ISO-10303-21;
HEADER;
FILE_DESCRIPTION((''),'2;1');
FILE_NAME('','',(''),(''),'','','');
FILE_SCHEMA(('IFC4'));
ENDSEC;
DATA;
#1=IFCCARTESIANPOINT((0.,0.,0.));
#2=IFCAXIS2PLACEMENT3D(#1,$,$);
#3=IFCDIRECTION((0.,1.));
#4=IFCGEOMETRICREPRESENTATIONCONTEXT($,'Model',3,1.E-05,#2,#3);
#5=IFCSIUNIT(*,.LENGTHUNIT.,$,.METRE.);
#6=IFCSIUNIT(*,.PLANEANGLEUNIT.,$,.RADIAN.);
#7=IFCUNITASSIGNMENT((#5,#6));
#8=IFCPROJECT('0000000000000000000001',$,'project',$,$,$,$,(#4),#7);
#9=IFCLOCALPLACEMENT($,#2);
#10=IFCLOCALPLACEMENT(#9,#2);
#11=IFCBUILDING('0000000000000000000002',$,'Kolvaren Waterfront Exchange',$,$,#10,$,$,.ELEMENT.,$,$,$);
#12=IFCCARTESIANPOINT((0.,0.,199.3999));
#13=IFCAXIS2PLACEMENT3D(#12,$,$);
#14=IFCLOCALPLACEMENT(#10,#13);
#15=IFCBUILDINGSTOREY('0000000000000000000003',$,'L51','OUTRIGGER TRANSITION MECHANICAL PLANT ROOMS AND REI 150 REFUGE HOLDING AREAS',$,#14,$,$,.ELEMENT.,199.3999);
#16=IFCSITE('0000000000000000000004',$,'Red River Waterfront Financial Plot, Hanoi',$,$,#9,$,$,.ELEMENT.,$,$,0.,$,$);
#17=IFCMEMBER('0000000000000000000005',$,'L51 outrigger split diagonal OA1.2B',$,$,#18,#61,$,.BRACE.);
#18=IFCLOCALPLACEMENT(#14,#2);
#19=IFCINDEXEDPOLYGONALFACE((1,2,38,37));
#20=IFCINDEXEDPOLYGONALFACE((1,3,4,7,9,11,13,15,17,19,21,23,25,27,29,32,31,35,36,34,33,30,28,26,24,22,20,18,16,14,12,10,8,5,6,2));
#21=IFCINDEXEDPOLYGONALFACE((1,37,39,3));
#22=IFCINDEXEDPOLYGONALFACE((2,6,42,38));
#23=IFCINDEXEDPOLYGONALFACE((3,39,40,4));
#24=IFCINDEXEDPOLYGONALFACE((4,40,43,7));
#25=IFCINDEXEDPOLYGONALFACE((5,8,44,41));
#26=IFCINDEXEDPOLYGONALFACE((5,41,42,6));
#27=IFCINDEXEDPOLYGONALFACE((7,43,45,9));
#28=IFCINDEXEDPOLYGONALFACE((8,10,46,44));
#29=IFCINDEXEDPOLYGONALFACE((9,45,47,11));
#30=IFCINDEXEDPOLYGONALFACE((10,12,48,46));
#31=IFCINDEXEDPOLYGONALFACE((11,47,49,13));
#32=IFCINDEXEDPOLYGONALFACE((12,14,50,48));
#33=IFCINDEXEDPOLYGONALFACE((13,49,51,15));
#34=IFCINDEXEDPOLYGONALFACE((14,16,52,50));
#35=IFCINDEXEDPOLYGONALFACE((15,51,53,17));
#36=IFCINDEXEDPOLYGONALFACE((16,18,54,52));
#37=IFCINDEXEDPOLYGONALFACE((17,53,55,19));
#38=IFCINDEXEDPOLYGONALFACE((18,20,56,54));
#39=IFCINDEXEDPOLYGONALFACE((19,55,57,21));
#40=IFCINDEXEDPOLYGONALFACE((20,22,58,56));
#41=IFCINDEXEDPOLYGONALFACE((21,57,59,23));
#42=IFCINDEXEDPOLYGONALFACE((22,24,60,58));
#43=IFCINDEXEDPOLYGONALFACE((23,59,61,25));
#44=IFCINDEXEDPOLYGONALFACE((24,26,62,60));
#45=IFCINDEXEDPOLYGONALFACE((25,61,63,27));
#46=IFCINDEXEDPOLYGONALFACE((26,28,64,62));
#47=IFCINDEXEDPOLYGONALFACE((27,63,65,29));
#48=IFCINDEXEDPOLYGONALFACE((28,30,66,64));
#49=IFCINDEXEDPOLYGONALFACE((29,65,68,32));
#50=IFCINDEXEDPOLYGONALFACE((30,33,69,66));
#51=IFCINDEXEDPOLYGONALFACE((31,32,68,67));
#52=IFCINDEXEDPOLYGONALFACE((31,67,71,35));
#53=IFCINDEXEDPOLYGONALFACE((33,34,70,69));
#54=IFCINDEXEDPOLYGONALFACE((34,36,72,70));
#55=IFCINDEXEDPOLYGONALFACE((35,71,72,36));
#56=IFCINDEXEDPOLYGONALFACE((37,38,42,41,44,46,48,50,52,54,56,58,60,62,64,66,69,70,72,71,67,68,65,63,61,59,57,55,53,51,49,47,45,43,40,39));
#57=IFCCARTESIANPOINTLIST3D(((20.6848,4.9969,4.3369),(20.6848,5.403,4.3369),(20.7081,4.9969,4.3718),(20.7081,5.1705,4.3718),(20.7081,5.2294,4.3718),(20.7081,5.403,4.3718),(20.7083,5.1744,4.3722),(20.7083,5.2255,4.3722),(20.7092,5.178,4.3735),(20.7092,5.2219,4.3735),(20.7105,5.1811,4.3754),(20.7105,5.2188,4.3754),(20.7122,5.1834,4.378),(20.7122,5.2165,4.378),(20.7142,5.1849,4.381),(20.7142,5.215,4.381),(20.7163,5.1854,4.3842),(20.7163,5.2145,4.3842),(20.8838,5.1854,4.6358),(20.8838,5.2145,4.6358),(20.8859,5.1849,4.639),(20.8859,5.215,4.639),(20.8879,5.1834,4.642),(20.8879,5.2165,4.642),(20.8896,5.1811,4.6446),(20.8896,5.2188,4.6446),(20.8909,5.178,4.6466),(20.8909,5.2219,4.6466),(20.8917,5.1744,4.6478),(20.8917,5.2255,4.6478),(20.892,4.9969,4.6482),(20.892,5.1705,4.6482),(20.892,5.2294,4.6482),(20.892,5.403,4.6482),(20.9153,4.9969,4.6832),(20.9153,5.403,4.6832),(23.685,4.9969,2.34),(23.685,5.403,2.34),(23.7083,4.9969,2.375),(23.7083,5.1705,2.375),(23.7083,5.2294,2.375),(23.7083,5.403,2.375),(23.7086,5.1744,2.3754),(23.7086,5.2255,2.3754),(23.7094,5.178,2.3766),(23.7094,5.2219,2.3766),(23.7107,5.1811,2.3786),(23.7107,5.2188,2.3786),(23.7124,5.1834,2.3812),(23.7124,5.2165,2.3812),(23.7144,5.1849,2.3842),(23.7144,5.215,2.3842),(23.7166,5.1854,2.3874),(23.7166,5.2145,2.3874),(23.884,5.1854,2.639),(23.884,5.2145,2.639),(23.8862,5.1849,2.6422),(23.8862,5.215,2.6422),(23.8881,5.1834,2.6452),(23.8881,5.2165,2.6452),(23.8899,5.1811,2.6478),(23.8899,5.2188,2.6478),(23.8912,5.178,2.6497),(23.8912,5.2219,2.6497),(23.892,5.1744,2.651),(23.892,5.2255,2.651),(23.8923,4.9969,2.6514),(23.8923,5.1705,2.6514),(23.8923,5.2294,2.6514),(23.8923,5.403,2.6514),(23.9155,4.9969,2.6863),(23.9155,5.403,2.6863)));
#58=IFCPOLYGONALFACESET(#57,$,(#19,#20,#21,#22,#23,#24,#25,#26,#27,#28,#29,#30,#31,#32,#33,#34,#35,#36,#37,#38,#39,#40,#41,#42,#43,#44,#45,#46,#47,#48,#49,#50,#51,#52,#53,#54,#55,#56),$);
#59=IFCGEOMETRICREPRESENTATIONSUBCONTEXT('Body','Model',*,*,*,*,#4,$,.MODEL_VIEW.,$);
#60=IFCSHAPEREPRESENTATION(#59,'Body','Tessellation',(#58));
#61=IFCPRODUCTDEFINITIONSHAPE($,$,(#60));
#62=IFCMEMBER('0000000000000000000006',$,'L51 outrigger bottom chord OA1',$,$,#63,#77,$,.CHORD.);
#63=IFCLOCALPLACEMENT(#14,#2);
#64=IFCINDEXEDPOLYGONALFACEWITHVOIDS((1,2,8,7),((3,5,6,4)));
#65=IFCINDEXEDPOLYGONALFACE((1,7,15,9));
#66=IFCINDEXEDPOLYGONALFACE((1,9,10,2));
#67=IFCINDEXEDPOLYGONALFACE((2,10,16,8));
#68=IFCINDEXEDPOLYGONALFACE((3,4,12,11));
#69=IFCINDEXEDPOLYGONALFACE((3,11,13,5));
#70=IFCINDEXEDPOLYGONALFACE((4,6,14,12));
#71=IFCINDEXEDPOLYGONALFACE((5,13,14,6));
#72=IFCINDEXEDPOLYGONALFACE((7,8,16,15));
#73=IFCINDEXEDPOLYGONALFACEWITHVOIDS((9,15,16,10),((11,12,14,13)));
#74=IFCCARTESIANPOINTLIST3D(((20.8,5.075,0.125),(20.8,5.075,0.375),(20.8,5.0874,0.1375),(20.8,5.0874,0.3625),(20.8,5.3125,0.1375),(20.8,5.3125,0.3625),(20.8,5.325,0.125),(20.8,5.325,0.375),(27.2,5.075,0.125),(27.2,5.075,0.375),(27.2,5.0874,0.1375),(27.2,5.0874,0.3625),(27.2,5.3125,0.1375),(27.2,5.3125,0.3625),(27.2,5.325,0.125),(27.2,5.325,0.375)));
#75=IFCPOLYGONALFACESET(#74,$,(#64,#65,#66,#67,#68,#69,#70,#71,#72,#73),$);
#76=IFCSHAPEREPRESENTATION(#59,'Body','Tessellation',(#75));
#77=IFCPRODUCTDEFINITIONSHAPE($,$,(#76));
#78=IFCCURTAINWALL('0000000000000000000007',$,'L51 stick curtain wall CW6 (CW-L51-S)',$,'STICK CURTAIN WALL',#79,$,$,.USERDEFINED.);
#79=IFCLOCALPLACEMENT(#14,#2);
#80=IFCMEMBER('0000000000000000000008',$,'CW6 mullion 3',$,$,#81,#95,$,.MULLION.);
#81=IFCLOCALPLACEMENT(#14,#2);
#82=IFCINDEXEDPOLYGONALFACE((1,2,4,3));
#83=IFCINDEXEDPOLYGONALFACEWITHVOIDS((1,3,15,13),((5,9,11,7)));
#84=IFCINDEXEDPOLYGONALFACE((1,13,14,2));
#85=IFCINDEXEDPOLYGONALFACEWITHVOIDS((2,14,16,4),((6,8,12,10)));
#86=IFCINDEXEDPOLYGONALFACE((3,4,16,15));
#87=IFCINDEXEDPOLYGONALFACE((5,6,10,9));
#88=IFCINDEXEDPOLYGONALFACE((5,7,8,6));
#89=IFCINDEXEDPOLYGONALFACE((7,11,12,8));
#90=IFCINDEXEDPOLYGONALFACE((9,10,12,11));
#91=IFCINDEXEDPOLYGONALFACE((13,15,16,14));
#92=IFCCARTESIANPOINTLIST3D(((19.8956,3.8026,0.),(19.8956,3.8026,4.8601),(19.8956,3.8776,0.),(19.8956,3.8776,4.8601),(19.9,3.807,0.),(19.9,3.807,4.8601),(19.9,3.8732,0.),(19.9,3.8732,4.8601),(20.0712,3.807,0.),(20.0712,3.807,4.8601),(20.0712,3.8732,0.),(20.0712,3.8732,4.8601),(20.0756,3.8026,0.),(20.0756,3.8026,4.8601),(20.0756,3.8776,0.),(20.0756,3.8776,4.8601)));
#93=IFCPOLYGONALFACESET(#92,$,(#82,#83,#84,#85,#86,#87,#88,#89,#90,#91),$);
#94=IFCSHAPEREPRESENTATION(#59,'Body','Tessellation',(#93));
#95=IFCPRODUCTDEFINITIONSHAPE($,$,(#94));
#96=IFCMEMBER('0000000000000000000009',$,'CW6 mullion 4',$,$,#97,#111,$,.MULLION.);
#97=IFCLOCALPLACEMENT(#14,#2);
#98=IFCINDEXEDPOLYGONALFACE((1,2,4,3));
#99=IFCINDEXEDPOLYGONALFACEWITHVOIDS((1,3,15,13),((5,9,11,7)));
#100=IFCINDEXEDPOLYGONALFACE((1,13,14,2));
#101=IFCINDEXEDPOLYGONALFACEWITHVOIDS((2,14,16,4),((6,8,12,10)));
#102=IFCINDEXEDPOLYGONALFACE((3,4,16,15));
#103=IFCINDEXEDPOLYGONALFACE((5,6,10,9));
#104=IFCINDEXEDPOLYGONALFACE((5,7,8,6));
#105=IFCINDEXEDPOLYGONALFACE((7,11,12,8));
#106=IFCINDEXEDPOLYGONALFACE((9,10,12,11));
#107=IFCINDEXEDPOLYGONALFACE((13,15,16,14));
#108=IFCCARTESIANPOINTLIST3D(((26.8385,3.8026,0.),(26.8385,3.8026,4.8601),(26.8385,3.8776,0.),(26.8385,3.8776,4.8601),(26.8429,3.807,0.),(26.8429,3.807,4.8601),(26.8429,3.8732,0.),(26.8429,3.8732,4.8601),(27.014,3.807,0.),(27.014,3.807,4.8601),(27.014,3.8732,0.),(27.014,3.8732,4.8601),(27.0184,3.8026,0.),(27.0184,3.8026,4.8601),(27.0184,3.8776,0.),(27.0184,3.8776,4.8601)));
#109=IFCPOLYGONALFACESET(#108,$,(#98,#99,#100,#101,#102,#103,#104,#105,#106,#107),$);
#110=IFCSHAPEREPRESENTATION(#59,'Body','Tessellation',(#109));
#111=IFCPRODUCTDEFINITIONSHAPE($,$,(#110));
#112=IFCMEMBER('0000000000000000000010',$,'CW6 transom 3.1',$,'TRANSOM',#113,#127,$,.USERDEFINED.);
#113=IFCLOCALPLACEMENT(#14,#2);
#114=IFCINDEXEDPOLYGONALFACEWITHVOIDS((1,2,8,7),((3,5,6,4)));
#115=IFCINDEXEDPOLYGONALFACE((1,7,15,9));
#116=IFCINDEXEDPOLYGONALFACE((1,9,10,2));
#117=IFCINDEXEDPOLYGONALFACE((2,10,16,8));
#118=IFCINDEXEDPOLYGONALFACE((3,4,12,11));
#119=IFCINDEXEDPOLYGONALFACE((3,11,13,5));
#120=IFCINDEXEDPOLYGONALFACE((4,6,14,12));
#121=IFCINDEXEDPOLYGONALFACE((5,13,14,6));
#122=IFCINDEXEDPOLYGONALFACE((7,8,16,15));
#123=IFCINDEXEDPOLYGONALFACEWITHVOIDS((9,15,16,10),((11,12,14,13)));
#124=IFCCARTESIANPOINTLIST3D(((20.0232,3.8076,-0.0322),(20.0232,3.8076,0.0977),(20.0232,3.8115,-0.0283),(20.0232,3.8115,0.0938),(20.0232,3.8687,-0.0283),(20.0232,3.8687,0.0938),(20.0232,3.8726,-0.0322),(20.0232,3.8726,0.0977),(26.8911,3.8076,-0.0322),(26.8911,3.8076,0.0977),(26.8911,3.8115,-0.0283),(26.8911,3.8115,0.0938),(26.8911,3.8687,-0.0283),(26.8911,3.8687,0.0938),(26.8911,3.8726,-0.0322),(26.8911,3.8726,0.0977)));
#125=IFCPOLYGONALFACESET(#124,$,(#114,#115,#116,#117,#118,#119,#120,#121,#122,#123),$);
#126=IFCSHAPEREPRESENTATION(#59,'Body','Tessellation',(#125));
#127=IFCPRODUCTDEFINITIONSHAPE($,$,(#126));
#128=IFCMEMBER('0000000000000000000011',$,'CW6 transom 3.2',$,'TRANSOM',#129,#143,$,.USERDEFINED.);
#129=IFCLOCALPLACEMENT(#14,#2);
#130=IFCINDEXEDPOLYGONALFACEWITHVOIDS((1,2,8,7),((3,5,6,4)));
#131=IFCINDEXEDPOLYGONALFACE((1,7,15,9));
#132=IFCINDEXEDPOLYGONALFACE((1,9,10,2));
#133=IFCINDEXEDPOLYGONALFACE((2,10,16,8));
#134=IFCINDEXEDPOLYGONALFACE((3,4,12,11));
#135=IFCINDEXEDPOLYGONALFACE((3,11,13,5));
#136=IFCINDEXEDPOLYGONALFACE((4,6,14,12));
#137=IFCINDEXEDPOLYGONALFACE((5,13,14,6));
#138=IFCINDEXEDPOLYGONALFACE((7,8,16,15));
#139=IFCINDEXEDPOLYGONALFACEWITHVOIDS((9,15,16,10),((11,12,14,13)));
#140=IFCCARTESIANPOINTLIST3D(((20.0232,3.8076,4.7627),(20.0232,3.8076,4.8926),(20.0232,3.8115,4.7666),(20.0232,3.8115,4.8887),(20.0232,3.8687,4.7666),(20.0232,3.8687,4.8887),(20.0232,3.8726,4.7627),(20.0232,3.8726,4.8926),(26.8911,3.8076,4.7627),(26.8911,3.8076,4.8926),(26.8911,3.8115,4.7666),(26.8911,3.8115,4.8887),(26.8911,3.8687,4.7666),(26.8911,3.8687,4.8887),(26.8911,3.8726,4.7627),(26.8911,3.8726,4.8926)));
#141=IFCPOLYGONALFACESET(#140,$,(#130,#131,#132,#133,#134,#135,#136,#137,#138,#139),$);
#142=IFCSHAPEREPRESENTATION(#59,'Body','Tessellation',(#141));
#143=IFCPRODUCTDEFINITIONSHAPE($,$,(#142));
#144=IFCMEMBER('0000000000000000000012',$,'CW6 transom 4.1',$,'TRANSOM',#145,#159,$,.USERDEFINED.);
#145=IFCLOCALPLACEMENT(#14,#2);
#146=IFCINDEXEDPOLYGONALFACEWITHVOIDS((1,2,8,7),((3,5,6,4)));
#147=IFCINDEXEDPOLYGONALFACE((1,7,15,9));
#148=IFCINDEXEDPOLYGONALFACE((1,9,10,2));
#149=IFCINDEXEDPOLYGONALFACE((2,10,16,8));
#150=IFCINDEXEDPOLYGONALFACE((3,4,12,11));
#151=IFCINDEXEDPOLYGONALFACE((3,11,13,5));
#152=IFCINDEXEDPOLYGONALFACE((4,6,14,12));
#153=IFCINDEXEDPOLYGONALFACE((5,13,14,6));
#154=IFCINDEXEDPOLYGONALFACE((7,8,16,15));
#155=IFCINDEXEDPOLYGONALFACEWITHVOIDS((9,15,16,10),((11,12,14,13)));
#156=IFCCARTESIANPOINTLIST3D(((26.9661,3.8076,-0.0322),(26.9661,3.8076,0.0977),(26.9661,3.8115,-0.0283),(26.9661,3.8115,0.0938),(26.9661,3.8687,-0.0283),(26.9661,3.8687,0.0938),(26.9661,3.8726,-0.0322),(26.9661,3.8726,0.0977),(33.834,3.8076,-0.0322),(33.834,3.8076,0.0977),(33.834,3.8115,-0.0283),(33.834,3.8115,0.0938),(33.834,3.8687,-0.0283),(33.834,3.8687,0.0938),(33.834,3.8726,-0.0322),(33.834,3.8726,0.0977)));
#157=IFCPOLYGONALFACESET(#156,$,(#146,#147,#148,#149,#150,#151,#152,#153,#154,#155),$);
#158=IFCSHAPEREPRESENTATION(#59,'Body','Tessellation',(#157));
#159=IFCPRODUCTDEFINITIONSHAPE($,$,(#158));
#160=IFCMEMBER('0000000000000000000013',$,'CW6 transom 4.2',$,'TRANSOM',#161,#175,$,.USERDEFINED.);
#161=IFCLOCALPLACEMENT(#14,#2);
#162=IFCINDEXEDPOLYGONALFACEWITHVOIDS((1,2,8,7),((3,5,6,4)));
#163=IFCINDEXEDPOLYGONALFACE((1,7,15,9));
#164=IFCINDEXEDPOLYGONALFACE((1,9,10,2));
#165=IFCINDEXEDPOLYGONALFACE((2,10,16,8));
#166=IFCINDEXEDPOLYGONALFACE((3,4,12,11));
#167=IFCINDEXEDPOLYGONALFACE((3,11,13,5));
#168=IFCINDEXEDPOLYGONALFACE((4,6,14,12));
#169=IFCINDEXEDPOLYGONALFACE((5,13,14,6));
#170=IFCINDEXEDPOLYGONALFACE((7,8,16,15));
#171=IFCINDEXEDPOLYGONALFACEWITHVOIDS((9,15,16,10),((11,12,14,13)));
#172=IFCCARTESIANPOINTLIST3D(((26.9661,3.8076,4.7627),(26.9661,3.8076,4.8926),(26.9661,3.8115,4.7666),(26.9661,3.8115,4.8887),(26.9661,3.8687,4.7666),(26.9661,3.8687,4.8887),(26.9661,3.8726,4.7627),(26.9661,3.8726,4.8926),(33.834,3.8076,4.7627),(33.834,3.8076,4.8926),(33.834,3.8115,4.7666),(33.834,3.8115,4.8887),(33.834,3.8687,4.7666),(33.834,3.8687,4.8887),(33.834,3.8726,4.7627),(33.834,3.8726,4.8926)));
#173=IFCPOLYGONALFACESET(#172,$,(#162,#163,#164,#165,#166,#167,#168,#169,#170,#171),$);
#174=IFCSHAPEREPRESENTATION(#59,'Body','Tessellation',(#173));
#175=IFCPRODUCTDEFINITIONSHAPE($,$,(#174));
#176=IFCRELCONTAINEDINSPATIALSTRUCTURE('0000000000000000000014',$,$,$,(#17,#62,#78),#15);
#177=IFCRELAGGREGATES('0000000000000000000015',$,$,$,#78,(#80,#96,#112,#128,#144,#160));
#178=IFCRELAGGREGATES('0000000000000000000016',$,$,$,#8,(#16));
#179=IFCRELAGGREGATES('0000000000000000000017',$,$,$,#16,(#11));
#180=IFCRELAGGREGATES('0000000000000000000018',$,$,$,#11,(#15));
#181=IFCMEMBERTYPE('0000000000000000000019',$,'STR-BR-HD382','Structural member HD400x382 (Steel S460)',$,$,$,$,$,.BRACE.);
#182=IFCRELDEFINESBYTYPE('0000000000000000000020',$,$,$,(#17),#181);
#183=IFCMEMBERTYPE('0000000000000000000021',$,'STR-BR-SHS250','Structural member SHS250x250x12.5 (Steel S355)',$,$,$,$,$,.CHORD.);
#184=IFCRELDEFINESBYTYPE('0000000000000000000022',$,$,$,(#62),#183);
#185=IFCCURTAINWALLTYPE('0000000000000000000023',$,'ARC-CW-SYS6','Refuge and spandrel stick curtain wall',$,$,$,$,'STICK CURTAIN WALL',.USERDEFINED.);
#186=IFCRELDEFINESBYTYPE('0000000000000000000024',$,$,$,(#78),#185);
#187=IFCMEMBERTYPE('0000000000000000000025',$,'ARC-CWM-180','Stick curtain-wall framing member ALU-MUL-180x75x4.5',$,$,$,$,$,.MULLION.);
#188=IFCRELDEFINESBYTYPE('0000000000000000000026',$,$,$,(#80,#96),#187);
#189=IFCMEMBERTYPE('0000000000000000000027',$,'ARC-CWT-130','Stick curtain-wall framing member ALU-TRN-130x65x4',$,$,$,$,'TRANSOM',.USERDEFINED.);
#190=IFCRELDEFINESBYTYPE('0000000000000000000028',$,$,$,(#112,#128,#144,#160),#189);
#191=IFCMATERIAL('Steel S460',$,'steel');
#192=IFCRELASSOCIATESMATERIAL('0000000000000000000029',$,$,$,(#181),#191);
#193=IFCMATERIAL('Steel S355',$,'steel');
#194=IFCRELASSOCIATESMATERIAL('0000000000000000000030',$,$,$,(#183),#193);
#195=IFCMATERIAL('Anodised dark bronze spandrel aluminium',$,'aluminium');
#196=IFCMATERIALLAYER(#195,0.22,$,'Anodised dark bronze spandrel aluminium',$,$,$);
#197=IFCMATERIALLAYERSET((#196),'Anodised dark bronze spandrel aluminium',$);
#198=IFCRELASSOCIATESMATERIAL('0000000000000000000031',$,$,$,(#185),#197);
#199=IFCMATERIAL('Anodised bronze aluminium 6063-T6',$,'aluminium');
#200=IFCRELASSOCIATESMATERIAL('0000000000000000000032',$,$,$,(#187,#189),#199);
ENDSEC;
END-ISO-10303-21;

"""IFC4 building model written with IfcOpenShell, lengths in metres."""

from ifc_helpers import new_model, si_unit, direction, frame, origin, origin_with_axes, origin_2d, place, context, subcontext, project, spatial, hollow_rectangle, i_section, extrude, source, transform, mapped, material, layer, layer_set, material_profile, profile_set, type_object, element, aggregate, save


model = new_model("IFC4")

# Units and contexts
model_context = context("Model", 3, precision=1e-05, world=origin(), true_north=direction((0.0, 1.0)))
body_context = subcontext(model_context, "Body", "Model", "MODEL_VIEW")
ifc_project = project(units=[si_unit("LENGTHUNIT", "METRE"), si_unit("PLANEANGLEUNIT", "RADIAN")], contexts=[model_context])

# Site, building, storey
site_placement = place(None, origin())
site = spatial("IfcSite", under=ifc_project, at=site_placement, Name="Red River Waterfront Financial Plot, Hanoi", CompositionType="ELEMENT", RefElevation=0.0)
building_placement = place(site_placement, origin())
building = spatial("IfcBuilding", under=site, at=building_placement, Name="Kolvaren Waterfront Exchange", CompositionType="ELEMENT")
storey_placement = place(building_placement, frame((0.0, 0.0, 199.3999)))
storey = spatial("IfcBuildingStorey", under=building, at=storey_placement, Name="L51", Description="OUTRIGGER TRANSITION MECHANICAL PLANT ROOMS AND REI 150 REFUGE HOLDING AREAS", CompositionType="ELEMENT", Elevation=199.3999)

# Shared definitions
ifc_material_1 = material(Name="Steel S355", Category="steel")

# Members
ifc_material_2 = material(Name="Steel S460", Category="steel")
ifc_material_profile_1 = material_profile(ifc_material_2, i_section(OverallWidth=0.406, OverallDepth=0.416, WebThickness=0.0291, FlangeThickness=0.042, FilletRadius=0.0149, at=origin_2d()), Name="HD400x382")
ifc_profile_set_1 = profile_set([ifc_material_profile_1], Name="Steel S460")
member_type_1 = type_object("IfcMemberType", Name="STR-BR-HD382", Description="Structural member HD400x382 (Steel S460)", PredefinedType="BRACE", material=ifc_profile_set_1)
member_1_placement = place(storey_placement, frame((23.8003, 5.2, 2.5132), z_axis=(-0.832477, 0.0, 0.554059), x_axis=(0.0, -1.0, 0.0)))
element("IfcMember", 1, at=member_1_placement, inside=storey, type_object=member_type_1, Name="L51 outrigger split diagonal OA1.2B", PredefinedType="BRACE", context=body_context, shape_type="SweptSolid", body=[
    extrude(i_section(OverallWidth=0.406, OverallDepth=0.416, WebThickness=0.0291, FlangeThickness=0.042, FilletRadius=0.0149, at=origin_2d()), origin(), (0.0, 0.0, 1.0), 3.604),
])
ifc_material_profile_2 = material_profile(ifc_material_1, hollow_rectangle(XDim=0.25, YDim=0.25, WallThickness=0.0125, at=origin_2d()), Name="SHS250x250x12.5")
ifc_profile_set_2 = profile_set([ifc_material_profile_2], Name="Steel S355")
member_type_2 = type_object("IfcMemberType", Name="STR-BR-SHS250", Description="Structural member SHS250x250x12.5 (Steel S355)", PredefinedType="CHORD", material=ifc_profile_set_2)
member_2_placement = place(storey_placement, frame((20.8, 5.2, 0.25), z_axis=(1.0, 0.0, 0.0), x_axis=(0.0, 1.0, 0.0)))
element("IfcMember", 2, at=member_2_placement, inside=storey, type_object=member_type_2, Name="L51 outrigger bottom chord OA1", PredefinedType="CHORD", context=body_context, shape_type="SweptSolid", body=[
    extrude(hollow_rectangle(XDim=0.25, YDim=0.25, WallThickness=0.0125, at=origin_2d()), origin(), (0.0, 0.0, 1.0), 6.3999),
])

# Curtain wall, members
ifc_material_3 = material(Name="Anodised dark bronze spandrel aluminium", Category="aluminium")
ifc_layer_1 = layer(ifc_material_3, 0.22, Name="Anodised dark bronze spandrel aluminium")
ifc_layer_set_1 = layer_set([ifc_layer_1], Name="Anodised dark bronze spandrel aluminium")
curtain_wall_type = type_object("IfcCurtainWallType", Name="ARC-CW-SYS6", Description="Refuge and spandrel stick curtain wall", ElementType="STICK CURTAIN WALL", PredefinedType="USERDEFINED", material=ifc_layer_set_1)
curtain_wall_placement = place(storey_placement, origin())
curtain_wall = element("IfcCurtainWall", 3, at=curtain_wall_placement, inside=storey, type_object=curtain_wall_type, Name="L51 stick curtain wall CW6 (CW-L51-S)", ObjectType="STICK CURTAIN WALL", PredefinedType="USERDEFINED")
ifc_material_4 = material(Name="Anodised bronze aluminium 6063-T6", Category="aluminium")
ifc_material_profile_3 = material_profile(ifc_material_4, hollow_rectangle(XDim=0.075, YDim=0.1799, WallThickness=0.0044, at=origin_2d()), Name="ALU-MUL-180x75x4.5")
ifc_profile_set_3 = profile_set([ifc_material_profile_3], Name="Anodised bronze aluminium 6063-T6")
member_type_3 = type_object("IfcMemberType", Name="ARC-CWM-180", Description="Stick curtain-wall framing member ALU-MUL-180x75x4.5", PredefinedType="MULLION", material=ifc_profile_set_3)
shared_shape_1 = source(origin_with_axes(), body_context, "Body", "SweptSolid", [
    extrude(hollow_rectangle(XDim=0.075, YDim=0.1799, WallThickness=0.0044, at=origin_2d()), origin(), (0.0, 0.0, 1.0), 4.8601),
])
member_3_placement = place(storey_placement, frame((19.9856, 3.8401, 0.0), z_axis=(0.0, 0.0, 1.0), x_axis=(0.0, 1.0, 0.0)))
member_3 = element("IfcMember", 4, at=member_3_placement, type_object=member_type_3, Name="CW6 mullion 3", PredefinedType="MULLION", context=body_context, shape_type="MappedRepresentation", body=[
    mapped(shared_shape_1, transform((0.0, 0.0, 0.0), x_axis=(1.0, 0.0, 0.0), y_axis=(0.0, 1.0, 0.0), z_axis=(0.0, 0.0, 1.0), scale=1.0)),
])
member_4_placement = place(storey_placement, frame((26.9285, 3.8401, 0.0), z_axis=(0.0, 0.0, 1.0), x_axis=(0.0, 1.0, 0.0)))
member_4 = element("IfcMember", 5, at=member_4_placement, type_object=member_type_3, Name="CW6 mullion 4", PredefinedType="MULLION", context=body_context, shape_type="MappedRepresentation", body=[
    mapped(shared_shape_1, transform((0.0, 0.0, 0.0), x_axis=(1.0, 0.0, 0.0), y_axis=(0.0, 1.0, 0.0), z_axis=(0.0, 0.0, 1.0), scale=1.0)),
])
ifc_material_profile_4 = material_profile(ifc_material_4, hollow_rectangle(XDim=0.0649, YDim=0.1299, WallThickness=0.0039, at=origin_2d()), Name="ALU-TRN-130x65x4")
ifc_profile_set_4 = profile_set([ifc_material_profile_4], Name="Anodised bronze aluminium 6063-T6")
member_type_4 = type_object("IfcMemberType", Name="ARC-CWT-130", Description="Stick curtain-wall framing member ALU-TRN-130x65x4", ElementType="TRANSOM", PredefinedType="USERDEFINED", material=ifc_profile_set_4)
shared_shape_2 = source(origin_with_axes(), body_context, "Body", "SweptSolid", [
    extrude(hollow_rectangle(XDim=0.0649, YDim=0.1299, WallThickness=0.0039, at=origin_2d()), origin(), (0.0, 0.0, 1.0), 6.8679),
])
member_5_placement = place(storey_placement, frame((20.0232, 3.8401, 0.0327), z_axis=(1.0, 0.0, 0.0), x_axis=(0.0, 1.0, 0.0)))
member_5 = element("IfcMember", 6, at=member_5_placement, type_object=member_type_4, Name="CW6 transom 3.1", ObjectType="TRANSOM", PredefinedType="USERDEFINED", context=body_context, shape_type="MappedRepresentation", body=[
    mapped(shared_shape_2, transform((0.0, 0.0, 0.0), x_axis=(1.0, 0.0, 0.0), y_axis=(0.0, 1.0, 0.0), z_axis=(0.0, 0.0, 1.0), scale=1.0)),
])
member_6_placement = place(storey_placement, frame((20.0232, 3.8401, 4.8276), z_axis=(1.0, 0.0, 0.0), x_axis=(0.0, 1.0, 0.0)))
member_6 = element("IfcMember", 7, at=member_6_placement, type_object=member_type_4, Name="CW6 transom 3.2", ObjectType="TRANSOM", PredefinedType="USERDEFINED", context=body_context, shape_type="MappedRepresentation", body=[
    mapped(shared_shape_2, transform((0.0, 0.0, 0.0), x_axis=(1.0, 0.0, 0.0), y_axis=(0.0, 1.0, 0.0), z_axis=(0.0, 0.0, 1.0), scale=1.0)),
])
member_7_placement = place(storey_placement, frame((26.9661, 3.8401, 0.0327), z_axis=(1.0, 0.0, 0.0), x_axis=(0.0, 1.0, 0.0)))
member_7 = element("IfcMember", 8, at=member_7_placement, type_object=member_type_4, Name="CW6 transom 4.1", ObjectType="TRANSOM", PredefinedType="USERDEFINED", context=body_context, shape_type="MappedRepresentation", body=[
    mapped(shared_shape_2, transform((0.0, 0.0, 0.0), x_axis=(1.0, 0.0, 0.0), y_axis=(0.0, 1.0, 0.0), z_axis=(0.0, 0.0, 1.0), scale=1.0)),
])
member_8_placement = place(storey_placement, frame((26.9661, 3.8401, 4.8276), z_axis=(1.0, 0.0, 0.0), x_axis=(0.0, 1.0, 0.0)))
member_8 = element("IfcMember", 9, at=member_8_placement, type_object=member_type_4, Name="CW6 transom 4.2", ObjectType="TRANSOM", PredefinedType="USERDEFINED", context=body_context, shape_type="MappedRepresentation", body=[
    mapped(shared_shape_2, transform((0.0, 0.0, 0.0), x_axis=(1.0, 0.0, 0.0), y_axis=(0.0, 1.0, 0.0), z_axis=(0.0, 0.0, 1.0), scale=1.0)),
])

aggregate(curtain_wall, [member_3, member_4, member_5, member_6, member_7, member_8])

save(model, "model.ifc")
